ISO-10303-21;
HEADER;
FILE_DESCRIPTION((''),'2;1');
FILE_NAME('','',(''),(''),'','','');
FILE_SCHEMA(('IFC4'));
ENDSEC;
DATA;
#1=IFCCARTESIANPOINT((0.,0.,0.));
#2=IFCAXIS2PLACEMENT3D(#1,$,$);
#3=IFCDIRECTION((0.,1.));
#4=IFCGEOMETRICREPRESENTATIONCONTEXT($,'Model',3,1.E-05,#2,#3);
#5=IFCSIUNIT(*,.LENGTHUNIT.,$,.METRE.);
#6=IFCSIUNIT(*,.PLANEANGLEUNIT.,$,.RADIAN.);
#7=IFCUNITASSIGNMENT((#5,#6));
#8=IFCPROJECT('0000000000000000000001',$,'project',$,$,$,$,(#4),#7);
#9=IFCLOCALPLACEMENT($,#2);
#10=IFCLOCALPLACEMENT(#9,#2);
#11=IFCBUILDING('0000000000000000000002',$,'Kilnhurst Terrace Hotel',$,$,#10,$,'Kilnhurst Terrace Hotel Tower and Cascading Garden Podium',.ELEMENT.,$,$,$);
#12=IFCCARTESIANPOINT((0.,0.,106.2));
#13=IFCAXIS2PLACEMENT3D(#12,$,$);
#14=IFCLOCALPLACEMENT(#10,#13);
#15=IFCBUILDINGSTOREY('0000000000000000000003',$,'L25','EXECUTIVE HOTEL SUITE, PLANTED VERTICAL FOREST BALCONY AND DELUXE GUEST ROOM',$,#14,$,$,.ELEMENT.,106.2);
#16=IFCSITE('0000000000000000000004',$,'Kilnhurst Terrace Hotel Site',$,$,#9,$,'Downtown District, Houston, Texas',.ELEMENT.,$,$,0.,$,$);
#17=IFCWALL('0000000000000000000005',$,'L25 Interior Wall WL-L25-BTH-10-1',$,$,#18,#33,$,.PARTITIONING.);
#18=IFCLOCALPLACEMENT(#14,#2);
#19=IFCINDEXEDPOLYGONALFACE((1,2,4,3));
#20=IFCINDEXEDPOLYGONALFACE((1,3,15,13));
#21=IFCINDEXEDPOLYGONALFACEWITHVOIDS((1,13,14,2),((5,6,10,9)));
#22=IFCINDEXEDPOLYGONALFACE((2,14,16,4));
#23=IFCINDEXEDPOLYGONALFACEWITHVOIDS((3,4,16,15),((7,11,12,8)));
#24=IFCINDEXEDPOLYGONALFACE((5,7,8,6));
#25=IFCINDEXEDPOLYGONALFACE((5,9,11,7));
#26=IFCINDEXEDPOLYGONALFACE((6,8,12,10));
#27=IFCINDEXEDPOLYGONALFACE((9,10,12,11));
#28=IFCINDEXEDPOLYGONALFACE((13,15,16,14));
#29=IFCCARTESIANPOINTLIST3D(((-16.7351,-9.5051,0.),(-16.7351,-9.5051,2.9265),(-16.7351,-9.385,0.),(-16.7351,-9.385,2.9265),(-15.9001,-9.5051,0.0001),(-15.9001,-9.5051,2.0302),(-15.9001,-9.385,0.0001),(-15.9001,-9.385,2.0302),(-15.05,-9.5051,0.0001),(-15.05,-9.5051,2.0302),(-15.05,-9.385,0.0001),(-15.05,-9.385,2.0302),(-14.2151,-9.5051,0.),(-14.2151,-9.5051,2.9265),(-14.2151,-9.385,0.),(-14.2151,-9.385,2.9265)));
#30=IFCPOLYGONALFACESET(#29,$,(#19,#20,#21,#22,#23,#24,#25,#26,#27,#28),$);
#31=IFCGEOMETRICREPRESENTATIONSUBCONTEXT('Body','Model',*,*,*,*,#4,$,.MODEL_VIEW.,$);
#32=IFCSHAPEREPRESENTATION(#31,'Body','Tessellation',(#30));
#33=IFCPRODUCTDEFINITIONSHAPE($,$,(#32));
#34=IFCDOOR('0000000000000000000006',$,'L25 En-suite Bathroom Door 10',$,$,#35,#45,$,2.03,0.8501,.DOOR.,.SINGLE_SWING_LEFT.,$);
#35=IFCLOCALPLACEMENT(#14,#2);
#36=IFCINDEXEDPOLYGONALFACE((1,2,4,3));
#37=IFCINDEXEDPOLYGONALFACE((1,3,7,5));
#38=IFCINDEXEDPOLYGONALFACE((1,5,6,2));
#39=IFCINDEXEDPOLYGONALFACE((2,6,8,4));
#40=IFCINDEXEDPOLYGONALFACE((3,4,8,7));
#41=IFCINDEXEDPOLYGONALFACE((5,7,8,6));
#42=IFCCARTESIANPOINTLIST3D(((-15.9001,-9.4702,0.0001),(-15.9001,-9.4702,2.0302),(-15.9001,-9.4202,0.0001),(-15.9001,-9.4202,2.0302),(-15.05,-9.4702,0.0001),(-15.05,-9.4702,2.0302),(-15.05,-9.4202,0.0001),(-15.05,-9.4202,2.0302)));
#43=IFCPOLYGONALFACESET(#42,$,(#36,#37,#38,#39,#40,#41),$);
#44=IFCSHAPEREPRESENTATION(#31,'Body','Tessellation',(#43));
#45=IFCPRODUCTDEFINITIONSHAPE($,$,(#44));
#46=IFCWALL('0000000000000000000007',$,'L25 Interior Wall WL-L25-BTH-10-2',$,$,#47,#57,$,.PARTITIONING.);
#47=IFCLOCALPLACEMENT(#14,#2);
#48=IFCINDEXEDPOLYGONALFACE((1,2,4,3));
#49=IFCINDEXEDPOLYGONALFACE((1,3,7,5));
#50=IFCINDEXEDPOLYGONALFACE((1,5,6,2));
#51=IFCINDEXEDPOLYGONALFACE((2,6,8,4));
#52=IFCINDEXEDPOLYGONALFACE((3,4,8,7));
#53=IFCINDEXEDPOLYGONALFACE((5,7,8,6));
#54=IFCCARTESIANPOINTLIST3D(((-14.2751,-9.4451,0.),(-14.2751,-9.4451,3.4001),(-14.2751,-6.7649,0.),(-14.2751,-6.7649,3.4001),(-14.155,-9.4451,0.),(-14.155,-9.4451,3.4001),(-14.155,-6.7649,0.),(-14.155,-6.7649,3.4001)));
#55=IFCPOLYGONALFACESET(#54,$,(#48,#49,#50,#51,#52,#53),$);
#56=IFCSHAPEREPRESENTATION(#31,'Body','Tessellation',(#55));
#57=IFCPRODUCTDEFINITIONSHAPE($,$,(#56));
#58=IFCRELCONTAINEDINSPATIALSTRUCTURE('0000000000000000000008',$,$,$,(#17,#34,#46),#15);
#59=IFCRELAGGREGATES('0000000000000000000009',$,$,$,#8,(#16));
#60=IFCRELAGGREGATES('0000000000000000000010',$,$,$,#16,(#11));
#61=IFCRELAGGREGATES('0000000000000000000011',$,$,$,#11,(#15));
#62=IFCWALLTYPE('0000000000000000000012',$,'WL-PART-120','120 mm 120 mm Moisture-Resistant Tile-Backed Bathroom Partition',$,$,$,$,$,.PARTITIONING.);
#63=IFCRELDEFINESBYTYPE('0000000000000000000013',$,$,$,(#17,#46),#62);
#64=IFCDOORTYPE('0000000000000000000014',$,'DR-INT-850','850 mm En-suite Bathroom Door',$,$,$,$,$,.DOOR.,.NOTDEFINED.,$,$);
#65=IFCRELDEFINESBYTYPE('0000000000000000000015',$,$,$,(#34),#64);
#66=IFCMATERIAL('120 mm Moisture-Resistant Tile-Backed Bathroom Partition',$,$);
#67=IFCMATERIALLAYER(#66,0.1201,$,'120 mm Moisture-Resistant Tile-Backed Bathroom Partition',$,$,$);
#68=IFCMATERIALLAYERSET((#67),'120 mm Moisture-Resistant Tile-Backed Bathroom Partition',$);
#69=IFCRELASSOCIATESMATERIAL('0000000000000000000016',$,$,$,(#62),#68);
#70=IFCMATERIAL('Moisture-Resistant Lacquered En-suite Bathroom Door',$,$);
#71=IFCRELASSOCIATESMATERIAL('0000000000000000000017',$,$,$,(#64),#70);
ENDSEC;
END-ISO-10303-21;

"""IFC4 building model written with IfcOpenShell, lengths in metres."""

from ifc_helpers import new_model, si_unit, direction, frame, frame_2d, origin, place, context, subcontext, project, spatial, rectangle, extrude, material, layer, layer_set, type_object, element, fill, save


model = new_model("IFC4")

# Units and contexts
model_context = context("Model", 3, precision=1e-05, world=origin(), true_north=direction((0.0, 1.0)))
body_context = subcontext(model_context, "Body", "Model", "MODEL_VIEW")
ifc_project = project(units=[si_unit("LENGTHUNIT", "METRE"), si_unit("PLANEANGLEUNIT", "RADIAN")], contexts=[model_context])

# Site, building, storey
site_placement = place(None, origin())
site = spatial("IfcSite", under=ifc_project, at=site_placement, Name="Kilnhurst Terrace Hotel Site", LongName="Downtown District, Houston, Texas", CompositionType="ELEMENT", RefElevation=0.0)
building_placement = place(site_placement, origin())
building = spatial("IfcBuilding", under=site, at=building_placement, Name="Kilnhurst Terrace Hotel", LongName="Kilnhurst Terrace Hotel Tower and Cascading Garden Podium", CompositionType="ELEMENT")
storey_placement = place(building_placement, frame((0.0, 0.0, 106.2)))
storey = spatial("IfcBuildingStorey", under=building, at=storey_placement, Name="L25", Description="EXECUTIVE HOTEL SUITE, PLANTED VERTICAL FOREST BALCONY AND DELUXE GUEST ROOM", CompositionType="ELEMENT", Elevation=106.2)

# Wall, opening, door
ifc_material_1 = material(Name="120 mm Moisture-Resistant Tile-Backed Bathroom Partition")
ifc_layer_1 = layer(ifc_material_1, 0.1201, Name="120 mm Moisture-Resistant Tile-Backed Bathroom Partition")
ifc_layer_set_1 = layer_set([ifc_layer_1], Name="120 mm Moisture-Resistant Tile-Backed Bathroom Partition")
wall_type_1 = type_object("IfcWallType", Name="WL-PART-120", Description="120 mm 120 mm Moisture-Resistant Tile-Backed Bathroom Partition", PredefinedType="PARTITIONING", material=ifc_layer_set_1)
wall_1_placement = place(storey_placement, frame((-16.7351, -9.4451, 0.0), z_axis=(0.0, 0.0, 1.0), x_axis=(1.0, 0.0, 0.0)))
wall_1 = element("IfcWall", 1, at=wall_1_placement, inside=storey, type_object=wall_type_1, Name="L25 Interior Wall WL-L25-BTH-10-1", PredefinedType="PARTITIONING", context=body_context, shape_type="SweptSolid", body=[
    extrude(rectangle(XDim=2.52, YDim=0.1201, at=frame_2d((1.26, 0.0))), origin(), (0.0, 0.0, 1.0), 2.9265),
])
opening_1_placement = place(wall_1_placement, frame((0.835, 0.0, 0.0)))
opening_1 = element("IfcOpeningElement", 2, at=opening_1_placement, cuts=wall_1, PredefinedType="OPENING", context=body_context, shape_type="SweptSolid", body=[
    extrude(rectangle(XDim=0.8501, YDim=2.03, at=frame_2d((0.425, 1.0151))), frame((0.0, 0.0701, 0.0), z_axis=(0.0, -1.0, 0.0), x_axis=(1.0, 0.0, 0.0)), (0.0, 0.0, 1.0), 0.1401),
])
ifc_material_2 = material(Name="Moisture-Resistant Lacquered En-suite Bathroom Door")
door_type_1 = type_object("IfcDoorType", Name="DR-INT-850", Description="850 mm En-suite Bathroom Door", OperationType="NOTDEFINED", PredefinedType="DOOR", material=ifc_material_2)
door_1_placement = place(opening_1_placement, origin())
door_1 = element("IfcDoor", 3, at=door_1_placement, inside=storey, type_object=door_type_1, Name="L25 En-suite Bathroom Door 10", OperationType="SINGLE_SWING_LEFT", OverallHeight=2.03, OverallWidth=0.8501, PredefinedType="DOOR", context=body_context, shape_type="SweptSolid", body=[
    extrude(rectangle(XDim=0.8501, YDim=2.03, at=frame_2d((0.425, 1.0151))), frame((0.0, 0.0249, 0.0), z_axis=(0.0, -1.0, 0.0), x_axis=(1.0, 0.0, 0.0)), (0.0, 0.0, 1.0), 0.05),
])
fill(opening_1, door_1)

# Wall
wall_2_placement = place(storey_placement, frame((-14.2151, -9.4451, 0.0), z_axis=(0.0, 0.0, 1.0), x_axis=(0.0, 1.0, 0.0)))
element("IfcWall", 4, at=wall_2_placement, inside=storey, type_object=wall_type_1, Name="L25 Interior Wall WL-L25-BTH-10-2", PredefinedType="PARTITIONING", context=body_context, shape_type="SweptSolid", body=[
    extrude(rectangle(XDim=2.6802, YDim=0.1201, at=frame_2d((1.3401, 0.0))), origin(), (0.0, 0.0, 1.0), 3.4001),
])

save(model, "model.ifc")
